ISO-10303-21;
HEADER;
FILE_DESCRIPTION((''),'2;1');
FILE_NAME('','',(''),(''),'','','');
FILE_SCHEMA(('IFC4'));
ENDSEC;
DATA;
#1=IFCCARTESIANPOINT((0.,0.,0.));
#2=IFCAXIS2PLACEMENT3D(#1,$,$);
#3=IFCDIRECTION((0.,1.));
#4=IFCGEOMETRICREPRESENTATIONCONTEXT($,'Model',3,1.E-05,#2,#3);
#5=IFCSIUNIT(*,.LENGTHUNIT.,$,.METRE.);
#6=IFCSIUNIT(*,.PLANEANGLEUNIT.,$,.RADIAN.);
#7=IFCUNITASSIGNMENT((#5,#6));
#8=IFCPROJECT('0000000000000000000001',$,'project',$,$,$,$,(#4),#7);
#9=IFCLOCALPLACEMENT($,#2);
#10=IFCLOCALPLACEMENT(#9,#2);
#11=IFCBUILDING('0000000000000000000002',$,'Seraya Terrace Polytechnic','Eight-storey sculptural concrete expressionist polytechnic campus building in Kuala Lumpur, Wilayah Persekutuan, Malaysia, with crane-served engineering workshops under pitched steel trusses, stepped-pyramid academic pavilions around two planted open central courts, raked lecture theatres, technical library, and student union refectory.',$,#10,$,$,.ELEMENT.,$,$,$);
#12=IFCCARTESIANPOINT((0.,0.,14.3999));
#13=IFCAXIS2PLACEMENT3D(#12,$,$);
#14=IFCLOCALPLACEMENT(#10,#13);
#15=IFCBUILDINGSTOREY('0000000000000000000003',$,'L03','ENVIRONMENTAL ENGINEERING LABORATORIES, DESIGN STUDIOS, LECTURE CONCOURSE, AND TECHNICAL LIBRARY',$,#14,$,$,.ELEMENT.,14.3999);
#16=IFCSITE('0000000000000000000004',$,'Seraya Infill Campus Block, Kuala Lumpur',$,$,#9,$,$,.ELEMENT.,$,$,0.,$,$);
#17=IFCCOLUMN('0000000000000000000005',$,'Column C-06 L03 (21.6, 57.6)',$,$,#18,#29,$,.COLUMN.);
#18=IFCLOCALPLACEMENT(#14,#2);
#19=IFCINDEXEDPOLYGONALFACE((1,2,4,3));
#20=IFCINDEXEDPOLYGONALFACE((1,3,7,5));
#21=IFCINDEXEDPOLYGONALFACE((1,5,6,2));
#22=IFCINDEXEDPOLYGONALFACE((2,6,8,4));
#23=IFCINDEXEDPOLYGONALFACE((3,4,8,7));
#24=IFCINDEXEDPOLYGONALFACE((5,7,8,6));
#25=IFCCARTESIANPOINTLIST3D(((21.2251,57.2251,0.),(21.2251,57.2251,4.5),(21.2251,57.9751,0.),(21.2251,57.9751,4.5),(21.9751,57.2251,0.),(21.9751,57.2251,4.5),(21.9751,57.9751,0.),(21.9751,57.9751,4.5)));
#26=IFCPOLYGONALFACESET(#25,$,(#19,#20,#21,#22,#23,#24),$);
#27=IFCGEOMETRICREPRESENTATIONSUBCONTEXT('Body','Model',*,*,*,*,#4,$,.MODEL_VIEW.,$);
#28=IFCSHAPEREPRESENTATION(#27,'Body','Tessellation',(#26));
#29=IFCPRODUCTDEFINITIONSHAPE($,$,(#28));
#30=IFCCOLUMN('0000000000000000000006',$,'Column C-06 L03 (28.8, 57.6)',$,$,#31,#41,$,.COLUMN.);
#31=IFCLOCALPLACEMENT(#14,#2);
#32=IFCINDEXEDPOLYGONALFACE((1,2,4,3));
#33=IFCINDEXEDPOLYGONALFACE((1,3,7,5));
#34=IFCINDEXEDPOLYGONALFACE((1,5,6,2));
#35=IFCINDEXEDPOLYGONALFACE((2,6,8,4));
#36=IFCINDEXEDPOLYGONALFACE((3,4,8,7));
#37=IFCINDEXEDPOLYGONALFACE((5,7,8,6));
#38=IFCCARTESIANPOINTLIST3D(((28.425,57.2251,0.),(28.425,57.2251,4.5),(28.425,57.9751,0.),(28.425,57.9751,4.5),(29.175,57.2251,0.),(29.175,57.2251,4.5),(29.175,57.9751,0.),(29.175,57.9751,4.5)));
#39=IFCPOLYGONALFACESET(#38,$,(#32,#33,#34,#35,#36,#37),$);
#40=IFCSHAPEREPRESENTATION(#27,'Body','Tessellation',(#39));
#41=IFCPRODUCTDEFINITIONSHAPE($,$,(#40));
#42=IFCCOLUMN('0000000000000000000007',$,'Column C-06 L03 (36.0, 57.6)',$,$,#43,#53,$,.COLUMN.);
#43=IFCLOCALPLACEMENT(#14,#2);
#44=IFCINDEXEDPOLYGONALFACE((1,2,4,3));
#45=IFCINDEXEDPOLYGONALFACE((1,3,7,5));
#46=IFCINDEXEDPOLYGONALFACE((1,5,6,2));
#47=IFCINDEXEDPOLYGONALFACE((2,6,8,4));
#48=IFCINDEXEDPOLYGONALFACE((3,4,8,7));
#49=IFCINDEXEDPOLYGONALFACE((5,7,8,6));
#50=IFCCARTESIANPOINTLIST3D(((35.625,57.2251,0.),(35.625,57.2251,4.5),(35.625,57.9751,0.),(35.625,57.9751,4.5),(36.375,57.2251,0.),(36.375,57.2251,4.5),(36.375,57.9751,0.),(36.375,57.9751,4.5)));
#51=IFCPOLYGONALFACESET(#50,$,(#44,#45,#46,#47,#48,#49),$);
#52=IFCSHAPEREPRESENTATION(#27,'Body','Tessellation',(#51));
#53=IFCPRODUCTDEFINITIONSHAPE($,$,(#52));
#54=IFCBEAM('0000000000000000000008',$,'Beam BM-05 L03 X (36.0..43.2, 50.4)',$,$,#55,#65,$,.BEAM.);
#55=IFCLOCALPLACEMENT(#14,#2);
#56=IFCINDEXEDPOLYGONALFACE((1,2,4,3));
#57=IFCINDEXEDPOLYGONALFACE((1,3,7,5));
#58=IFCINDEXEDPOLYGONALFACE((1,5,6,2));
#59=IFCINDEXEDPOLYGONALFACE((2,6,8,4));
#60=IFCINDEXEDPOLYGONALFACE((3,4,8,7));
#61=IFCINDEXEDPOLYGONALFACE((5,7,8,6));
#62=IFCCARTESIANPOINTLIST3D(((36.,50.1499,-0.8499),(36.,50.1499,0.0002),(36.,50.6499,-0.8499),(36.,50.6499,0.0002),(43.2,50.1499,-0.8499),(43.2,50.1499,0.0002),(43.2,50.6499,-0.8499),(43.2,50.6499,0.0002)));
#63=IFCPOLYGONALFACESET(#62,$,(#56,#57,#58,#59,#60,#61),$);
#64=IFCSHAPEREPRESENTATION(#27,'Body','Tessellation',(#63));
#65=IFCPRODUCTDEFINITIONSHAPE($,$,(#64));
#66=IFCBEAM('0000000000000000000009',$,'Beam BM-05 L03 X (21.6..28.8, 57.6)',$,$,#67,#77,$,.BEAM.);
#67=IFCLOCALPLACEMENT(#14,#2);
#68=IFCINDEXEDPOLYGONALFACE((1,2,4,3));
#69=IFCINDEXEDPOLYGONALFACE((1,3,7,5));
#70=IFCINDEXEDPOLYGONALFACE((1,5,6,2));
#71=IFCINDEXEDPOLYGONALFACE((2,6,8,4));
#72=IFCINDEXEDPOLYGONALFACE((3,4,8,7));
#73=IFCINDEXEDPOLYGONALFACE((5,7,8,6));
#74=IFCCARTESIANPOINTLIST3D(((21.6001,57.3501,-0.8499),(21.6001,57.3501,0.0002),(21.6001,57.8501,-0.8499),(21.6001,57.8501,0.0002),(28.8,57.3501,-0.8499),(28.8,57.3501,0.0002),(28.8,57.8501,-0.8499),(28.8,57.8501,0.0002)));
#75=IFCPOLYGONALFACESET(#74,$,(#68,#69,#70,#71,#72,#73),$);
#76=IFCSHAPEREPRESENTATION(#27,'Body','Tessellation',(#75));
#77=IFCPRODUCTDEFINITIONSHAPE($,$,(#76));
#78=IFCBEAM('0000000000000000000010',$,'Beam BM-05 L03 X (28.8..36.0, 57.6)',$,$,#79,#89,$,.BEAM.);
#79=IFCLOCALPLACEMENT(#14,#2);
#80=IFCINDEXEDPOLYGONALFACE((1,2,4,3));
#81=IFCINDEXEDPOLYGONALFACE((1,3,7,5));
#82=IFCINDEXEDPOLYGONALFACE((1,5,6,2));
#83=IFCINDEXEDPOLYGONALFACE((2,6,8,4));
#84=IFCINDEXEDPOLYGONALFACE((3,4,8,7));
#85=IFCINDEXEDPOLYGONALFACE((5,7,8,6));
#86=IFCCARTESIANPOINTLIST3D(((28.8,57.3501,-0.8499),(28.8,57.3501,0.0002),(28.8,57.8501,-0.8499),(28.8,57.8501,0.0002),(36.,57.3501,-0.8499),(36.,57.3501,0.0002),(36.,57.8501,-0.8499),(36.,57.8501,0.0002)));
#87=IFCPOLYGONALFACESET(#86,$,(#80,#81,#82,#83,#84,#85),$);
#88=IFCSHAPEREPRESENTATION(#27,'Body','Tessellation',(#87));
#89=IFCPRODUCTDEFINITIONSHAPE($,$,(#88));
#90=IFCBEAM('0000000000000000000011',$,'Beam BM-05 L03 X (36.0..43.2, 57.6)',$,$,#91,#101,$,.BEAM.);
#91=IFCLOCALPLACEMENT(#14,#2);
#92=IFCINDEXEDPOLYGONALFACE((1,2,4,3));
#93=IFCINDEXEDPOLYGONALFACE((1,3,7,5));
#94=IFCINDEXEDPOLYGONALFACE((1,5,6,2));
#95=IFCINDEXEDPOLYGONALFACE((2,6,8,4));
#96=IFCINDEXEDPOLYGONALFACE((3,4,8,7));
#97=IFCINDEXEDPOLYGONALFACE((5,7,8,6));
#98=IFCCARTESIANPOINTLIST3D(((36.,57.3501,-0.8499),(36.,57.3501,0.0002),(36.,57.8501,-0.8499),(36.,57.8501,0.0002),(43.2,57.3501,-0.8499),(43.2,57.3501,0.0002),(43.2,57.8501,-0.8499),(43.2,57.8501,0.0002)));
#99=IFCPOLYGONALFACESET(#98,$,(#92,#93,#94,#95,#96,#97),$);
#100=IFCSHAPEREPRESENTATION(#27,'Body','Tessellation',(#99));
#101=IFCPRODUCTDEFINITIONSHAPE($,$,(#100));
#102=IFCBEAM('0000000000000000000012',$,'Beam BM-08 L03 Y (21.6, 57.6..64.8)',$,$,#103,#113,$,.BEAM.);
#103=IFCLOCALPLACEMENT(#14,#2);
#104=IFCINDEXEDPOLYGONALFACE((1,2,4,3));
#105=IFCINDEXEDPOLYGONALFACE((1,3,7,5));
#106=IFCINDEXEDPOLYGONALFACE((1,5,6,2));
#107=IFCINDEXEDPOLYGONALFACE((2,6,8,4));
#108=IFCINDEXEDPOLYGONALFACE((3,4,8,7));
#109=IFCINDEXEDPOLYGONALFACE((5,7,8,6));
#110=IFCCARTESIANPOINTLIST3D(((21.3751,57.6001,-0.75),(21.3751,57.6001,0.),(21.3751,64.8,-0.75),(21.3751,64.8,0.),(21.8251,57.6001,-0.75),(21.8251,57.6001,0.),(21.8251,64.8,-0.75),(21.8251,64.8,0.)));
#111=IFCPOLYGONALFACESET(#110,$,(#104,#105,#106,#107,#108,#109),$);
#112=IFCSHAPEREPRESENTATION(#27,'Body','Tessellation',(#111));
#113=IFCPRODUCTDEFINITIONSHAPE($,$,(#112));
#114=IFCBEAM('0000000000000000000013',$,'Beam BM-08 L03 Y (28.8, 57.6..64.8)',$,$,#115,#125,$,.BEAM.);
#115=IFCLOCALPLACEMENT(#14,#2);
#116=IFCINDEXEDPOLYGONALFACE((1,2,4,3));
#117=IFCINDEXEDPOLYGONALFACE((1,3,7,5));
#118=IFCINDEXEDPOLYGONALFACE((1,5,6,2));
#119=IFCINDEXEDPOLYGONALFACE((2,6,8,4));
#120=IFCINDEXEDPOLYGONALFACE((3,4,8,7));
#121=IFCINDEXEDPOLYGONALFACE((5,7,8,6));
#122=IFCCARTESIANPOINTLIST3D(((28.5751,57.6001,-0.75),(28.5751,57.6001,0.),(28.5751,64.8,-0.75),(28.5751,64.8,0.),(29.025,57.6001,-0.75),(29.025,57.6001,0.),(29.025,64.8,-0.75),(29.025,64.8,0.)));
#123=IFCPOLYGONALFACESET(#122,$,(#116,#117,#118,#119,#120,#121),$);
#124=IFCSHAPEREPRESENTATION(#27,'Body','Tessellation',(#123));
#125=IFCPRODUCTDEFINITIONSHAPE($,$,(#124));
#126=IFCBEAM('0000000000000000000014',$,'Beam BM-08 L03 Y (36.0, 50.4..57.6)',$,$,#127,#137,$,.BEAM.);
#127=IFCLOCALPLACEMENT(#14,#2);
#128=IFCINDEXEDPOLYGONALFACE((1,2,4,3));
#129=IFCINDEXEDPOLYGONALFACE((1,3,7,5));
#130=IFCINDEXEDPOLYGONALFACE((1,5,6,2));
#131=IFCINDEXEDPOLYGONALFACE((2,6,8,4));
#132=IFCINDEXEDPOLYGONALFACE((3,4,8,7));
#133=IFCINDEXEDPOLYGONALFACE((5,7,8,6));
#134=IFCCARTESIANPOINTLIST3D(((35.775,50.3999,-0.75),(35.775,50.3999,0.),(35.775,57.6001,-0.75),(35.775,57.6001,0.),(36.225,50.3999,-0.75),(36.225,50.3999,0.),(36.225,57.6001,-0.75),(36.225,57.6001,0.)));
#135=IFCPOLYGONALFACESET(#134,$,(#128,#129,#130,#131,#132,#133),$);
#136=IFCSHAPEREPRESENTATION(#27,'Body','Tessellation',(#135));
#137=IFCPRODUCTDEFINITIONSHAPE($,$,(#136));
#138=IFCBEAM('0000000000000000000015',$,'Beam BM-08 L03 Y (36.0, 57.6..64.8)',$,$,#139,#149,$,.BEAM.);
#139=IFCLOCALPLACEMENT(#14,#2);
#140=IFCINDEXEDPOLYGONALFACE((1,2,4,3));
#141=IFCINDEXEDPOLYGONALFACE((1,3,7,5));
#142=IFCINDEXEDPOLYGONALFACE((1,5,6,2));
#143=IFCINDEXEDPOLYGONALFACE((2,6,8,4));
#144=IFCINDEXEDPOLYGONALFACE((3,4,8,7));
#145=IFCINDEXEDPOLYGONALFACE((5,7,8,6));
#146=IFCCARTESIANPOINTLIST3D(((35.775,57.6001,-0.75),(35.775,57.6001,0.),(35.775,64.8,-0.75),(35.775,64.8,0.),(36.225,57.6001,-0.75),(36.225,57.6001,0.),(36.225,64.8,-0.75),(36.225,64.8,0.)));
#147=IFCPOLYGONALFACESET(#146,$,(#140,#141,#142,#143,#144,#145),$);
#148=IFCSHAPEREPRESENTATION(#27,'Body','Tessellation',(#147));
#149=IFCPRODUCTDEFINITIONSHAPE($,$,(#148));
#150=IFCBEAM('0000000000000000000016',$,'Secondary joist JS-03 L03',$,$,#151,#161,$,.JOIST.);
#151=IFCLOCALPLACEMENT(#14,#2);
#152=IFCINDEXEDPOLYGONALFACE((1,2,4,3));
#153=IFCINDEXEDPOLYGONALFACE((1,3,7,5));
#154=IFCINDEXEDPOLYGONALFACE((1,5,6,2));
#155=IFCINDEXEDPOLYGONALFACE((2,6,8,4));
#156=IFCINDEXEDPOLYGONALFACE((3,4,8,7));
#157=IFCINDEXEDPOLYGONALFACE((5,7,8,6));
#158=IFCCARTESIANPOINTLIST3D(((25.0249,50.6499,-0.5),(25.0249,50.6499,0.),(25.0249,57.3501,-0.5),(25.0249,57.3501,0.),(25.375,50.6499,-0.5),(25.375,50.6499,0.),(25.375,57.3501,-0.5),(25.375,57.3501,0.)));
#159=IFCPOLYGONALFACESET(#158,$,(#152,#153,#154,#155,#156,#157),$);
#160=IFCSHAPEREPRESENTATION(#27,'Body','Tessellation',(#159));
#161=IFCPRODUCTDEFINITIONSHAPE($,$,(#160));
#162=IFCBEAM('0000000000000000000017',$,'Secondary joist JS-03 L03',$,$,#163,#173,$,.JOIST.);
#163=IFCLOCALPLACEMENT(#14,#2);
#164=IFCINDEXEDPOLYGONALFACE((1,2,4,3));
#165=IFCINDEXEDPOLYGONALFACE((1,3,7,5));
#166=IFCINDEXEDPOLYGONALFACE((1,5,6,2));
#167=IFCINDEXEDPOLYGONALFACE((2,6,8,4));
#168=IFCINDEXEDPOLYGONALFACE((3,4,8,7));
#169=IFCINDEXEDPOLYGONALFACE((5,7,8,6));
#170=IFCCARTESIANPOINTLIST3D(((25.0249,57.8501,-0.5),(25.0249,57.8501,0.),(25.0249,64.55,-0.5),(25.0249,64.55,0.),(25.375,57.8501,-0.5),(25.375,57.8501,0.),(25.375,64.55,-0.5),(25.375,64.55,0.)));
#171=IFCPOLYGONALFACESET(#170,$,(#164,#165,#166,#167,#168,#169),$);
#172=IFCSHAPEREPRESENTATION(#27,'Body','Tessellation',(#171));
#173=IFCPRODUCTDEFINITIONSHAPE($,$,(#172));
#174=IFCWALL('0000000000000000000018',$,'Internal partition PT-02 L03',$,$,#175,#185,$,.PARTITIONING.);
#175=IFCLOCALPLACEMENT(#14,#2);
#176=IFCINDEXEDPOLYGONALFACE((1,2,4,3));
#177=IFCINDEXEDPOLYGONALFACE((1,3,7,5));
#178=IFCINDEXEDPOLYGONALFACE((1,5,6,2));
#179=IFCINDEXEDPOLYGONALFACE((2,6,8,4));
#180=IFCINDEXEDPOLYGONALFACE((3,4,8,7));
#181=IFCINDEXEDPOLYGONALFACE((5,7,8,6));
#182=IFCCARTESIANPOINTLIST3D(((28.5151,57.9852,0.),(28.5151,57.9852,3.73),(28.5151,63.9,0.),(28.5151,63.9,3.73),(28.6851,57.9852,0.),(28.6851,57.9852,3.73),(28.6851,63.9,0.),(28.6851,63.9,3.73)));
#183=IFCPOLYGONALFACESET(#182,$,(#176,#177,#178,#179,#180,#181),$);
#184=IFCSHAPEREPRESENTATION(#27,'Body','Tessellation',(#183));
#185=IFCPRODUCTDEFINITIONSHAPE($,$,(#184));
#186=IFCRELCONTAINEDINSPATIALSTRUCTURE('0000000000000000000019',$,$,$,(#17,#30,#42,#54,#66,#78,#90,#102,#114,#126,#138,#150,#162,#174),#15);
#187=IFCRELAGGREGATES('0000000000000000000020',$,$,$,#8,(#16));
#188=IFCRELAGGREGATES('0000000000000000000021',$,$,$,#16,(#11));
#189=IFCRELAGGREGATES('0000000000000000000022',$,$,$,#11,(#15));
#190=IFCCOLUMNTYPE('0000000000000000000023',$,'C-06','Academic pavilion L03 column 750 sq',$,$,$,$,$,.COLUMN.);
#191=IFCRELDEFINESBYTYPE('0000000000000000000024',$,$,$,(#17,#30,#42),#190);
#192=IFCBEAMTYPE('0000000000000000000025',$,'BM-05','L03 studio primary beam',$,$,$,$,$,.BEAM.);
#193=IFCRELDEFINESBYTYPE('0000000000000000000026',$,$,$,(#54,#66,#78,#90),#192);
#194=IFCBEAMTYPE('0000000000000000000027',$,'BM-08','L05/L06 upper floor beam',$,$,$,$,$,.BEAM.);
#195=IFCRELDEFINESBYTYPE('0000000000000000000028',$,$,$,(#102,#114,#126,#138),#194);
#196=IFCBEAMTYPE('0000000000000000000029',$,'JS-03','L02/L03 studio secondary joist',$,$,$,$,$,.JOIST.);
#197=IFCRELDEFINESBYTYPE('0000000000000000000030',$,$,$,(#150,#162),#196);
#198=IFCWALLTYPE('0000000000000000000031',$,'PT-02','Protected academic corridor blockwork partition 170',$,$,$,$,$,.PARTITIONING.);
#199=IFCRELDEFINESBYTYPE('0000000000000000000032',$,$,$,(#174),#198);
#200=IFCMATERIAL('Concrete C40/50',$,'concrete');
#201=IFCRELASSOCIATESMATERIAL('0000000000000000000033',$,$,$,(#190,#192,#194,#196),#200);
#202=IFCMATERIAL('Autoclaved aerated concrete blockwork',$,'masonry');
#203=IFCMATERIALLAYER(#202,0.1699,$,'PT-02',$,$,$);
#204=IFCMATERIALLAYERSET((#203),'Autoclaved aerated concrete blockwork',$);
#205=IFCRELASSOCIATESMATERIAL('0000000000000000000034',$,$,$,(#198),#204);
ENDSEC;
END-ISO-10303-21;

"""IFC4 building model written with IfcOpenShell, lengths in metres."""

from ifc_helpers import new_model, si_unit, direction, frame, frame_2d, origin, origin_2d, place, context, subcontext, project, spatial, rectangle, extrude, material, layer, layer_set, material_profile, profile_set, type_object, element, save


model = new_model("IFC4")

# Units and contexts
model_context = context("Model", 3, precision=1e-05, world=origin(), true_north=direction((0.0, 1.0)))
body_context = subcontext(model_context, "Body", "Model", "MODEL_VIEW")
ifc_project = project(units=[si_unit("LENGTHUNIT", "METRE"), si_unit("PLANEANGLEUNIT", "RADIAN")], contexts=[model_context])

# Site, building, storey
site_placement = place(None, origin())
site = spatial("IfcSite", under=ifc_project, at=site_placement, Name="Seraya Infill Campus Block, Kuala Lumpur", CompositionType="ELEMENT", RefElevation=0.0)
building_placement = place(site_placement, origin())
building = spatial("IfcBuilding", under=site, at=building_placement, Name="Seraya Terrace Polytechnic", Description="Eight-storey sculptural concrete expressionist polytechnic campus building in Kuala Lumpur, Wilayah Persekutuan, Malaysia, with crane-served engineering workshops under pitched steel trusses, stepped-pyramid academic pavilions around two planted open central courts, raked lecture theatres, technical library, and student union refectory.", CompositionType="ELEMENT")
storey_placement = place(building_placement, frame((0.0, 0.0, 14.3999)))
storey = spatial("IfcBuildingStorey", under=building, at=storey_placement, Name="L03", Description="ENVIRONMENTAL ENGINEERING LABORATORIES, DESIGN STUDIOS, LECTURE CONCOURSE, AND TECHNICAL LIBRARY", CompositionType="ELEMENT", Elevation=14.3999)

# Columns
ifc_material_1 = material(Name="Concrete C40/50", Category="concrete")
ifc_material_profile_1 = material_profile(ifc_material_1, rectangle(XDim=0.75, YDim=0.75, at=origin_2d()), Name="RC 750x750")
ifc_profile_set_1 = profile_set([ifc_material_profile_1], Name="Concrete C40/50")
column_type = type_object("IfcColumnType", Name="C-06", Description="Academic pavilion L03 column 750 sq", PredefinedType="COLUMN", material=ifc_profile_set_1)
for number, where, z_axis, x_axis, name in (
    (1, (21.6001, 57.6001, 0.0), (0.0, 0.0, 1.0), (1.0, 0.0, 0.0), "Column C-06 L03 (21.6, 57.6)"),
    (2, (28.8, 57.6001, 0.0), (0.0, 0.0, 1.0), (1.0, 0.0, 0.0), "Column C-06 L03 (28.8, 57.6)"),
    (3, (36.0, 57.6001, 0.0), (0.0, 0.0, 1.0), (1.0, 0.0, 0.0), "Column C-06 L03 (36.0, 57.6)"),
):
    element("IfcColumn", number, at=place(storey_placement, frame(where, z_axis=z_axis, x_axis=x_axis)), inside=storey, type_object=column_type, Name=name, PredefinedType="COLUMN", context=body_context, shape_type="SweptSolid", body=[
        extrude(rectangle(XDim=0.75, YDim=0.75, at=origin_2d()), origin(), (0.0, 0.0, 1.0), 4.5),
    ])

# Beams
ifc_material_profile_2 = material_profile(ifc_material_1, rectangle(XDim=0.5, YDim=0.8501, at=origin_2d()), Name="RC 500x850")
ifc_profile_set_2 = profile_set([ifc_material_profile_2], Name="Concrete C40/50")
beam_type_1 = type_object("IfcBeamType", Name="BM-05", Description="L03 studio primary beam", PredefinedType="BEAM", material=ifc_profile_set_2)
for number, where, z_axis, x_axis, name in (
    (4, (36.0, 50.3999, -0.4248), (1.0, 0.0, 0.0), (0.0, 1.0, 0.0), "Beam BM-05 L03 X (36.0..43.2, 50.4)"),
    (5, (21.6001, 57.6001, -0.4248), (1.0, 0.0, 0.0), (0.0, 1.0, 0.0), "Beam BM-05 L03 X (21.6..28.8, 57.6)"),
    (6, (28.8, 57.6001, -0.4248), (1.0, 0.0, 0.0), (0.0, 1.0, 0.0), "Beam BM-05 L03 X (28.8..36.0, 57.6)"),
    (7, (36.0, 57.6001, -0.4248), (1.0, 0.0, 0.0), (0.0, 1.0, 0.0), "Beam BM-05 L03 X (36.0..43.2, 57.6)"),
):
    element("IfcBeam", number, at=place(storey_placement, frame(where, z_axis=z_axis, x_axis=x_axis)), inside=storey, type_object=beam_type_1, Name=name, PredefinedType="BEAM", context=body_context, shape_type="SweptSolid", body=[
        extrude(rectangle(XDim=0.5, YDim=0.8501, at=origin_2d()), origin(), (0.0, 0.0, 1.0), 7.2),
    ])
ifc_material_profile_3 = material_profile(ifc_material_1, rectangle(XDim=0.45, YDim=0.75, at=origin_2d()), Name="RC 450x750")
ifc_profile_set_3 = profile_set([ifc_material_profile_3], Name="Concrete C40/50")
beam_type_2 = type_object("IfcBeamType", Name="BM-08", Description="L05/L06 upper floor beam", PredefinedType="BEAM", material=ifc_profile_set_3)
for number, where, z_axis, x_axis, name in (
    (8, (21.6001, 57.6001, -0.375), (0.0, 1.0, 0.0), (-1.0, 0.0, 0.0), "Beam BM-08 L03 Y (21.6, 57.6..64.8)"),
    (9, (28.8, 57.6001, -0.375), (0.0, 1.0, 0.0), (-1.0, 0.0, 0.0), "Beam BM-08 L03 Y (28.8, 57.6..64.8)"),
):
    element("IfcBeam", number, at=place(storey_placement, frame(where, z_axis=z_axis, x_axis=x_axis)), inside=storey, type_object=beam_type_2, Name=name, PredefinedType="BEAM", context=body_context, shape_type="SweptSolid", body=[
        extrude(rectangle(XDim=0.45, YDim=0.75, at=origin_2d()), origin(), (0.0, 0.0, 1.0), 7.2),
    ])
beam_1_placement = place(storey_placement, frame((36.0, 50.3999, -0.375), z_axis=(0.0, 1.0, 0.0), x_axis=(-1.0, 0.0, 0.0)))
element("IfcBeam", 10, at=beam_1_placement, inside=storey, type_object=beam_type_2, Name="Beam BM-08 L03 Y (36.0, 50.4..57.6)", PredefinedType="BEAM", context=body_context, shape_type="SweptSolid", body=[
    extrude(rectangle(XDim=0.45, YDim=0.75, at=origin_2d()), origin(), (0.0, 0.0, 1.0), 7.2002),
])
beam_2_placement = place(storey_placement, frame((36.0, 57.6001, -0.375), z_axis=(0.0, 1.0, 0.0), x_axis=(-1.0, 0.0, 0.0)))
element("IfcBeam", 11, at=beam_2_placement, inside=storey, type_object=beam_type_2, Name="Beam BM-08 L03 Y (36.0, 57.6..64.8)", PredefinedType="BEAM", context=body_context, shape_type="SweptSolid", body=[
    extrude(rectangle(XDim=0.45, YDim=0.75, at=origin_2d()), origin(), (0.0, 0.0, 1.0), 7.2),
])
ifc_material_profile_4 = material_profile(ifc_material_1, rectangle(XDim=0.3501, YDim=0.5, at=origin_2d()), Name="RC 350x500")
ifc_profile_set_4 = profile_set([ifc_material_profile_4], Name="Concrete C40/50")
beam_type_3 = type_object("IfcBeamType", Name="JS-03", Description="L02/L03 studio secondary joist", PredefinedType="JOIST", material=ifc_profile_set_4)
beam_3_placement = place(storey_placement, frame((25.2, 50.6499, -0.25), z_axis=(0.0, 1.0, 0.0), x_axis=(-1.0, 0.0, 0.0)))
element("IfcBeam", 12, at=beam_3_placement, inside=storey, type_object=beam_type_3, Name="Secondary joist JS-03 L03", PredefinedType="JOIST", context=body_context, shape_type="SweptSolid", body=[
    extrude(rectangle(XDim=0.3501, YDim=0.5, at=origin_2d()), origin(), (0.0, 0.0, 1.0), 6.7002),
])
beam_4_placement = place(storey_placement, frame((25.2, 57.8501, -0.25), z_axis=(0.0, 1.0, 0.0), x_axis=(-1.0, 0.0, 0.0)))
element("IfcBeam", 13, at=beam_4_placement, inside=storey, type_object=beam_type_3, Name="Secondary joist JS-03 L03", PredefinedType="JOIST", context=body_context, shape_type="SweptSolid", body=[
    extrude(rectangle(XDim=0.3501, YDim=0.5, at=origin_2d()), origin(), (0.0, 0.0, 1.0), 6.7),
])

# Wall
ifc_material_2 = material(Name="Autoclaved aerated concrete blockwork", Category="masonry")
ifc_layer_1 = layer(ifc_material_2, 0.1699, Name="PT-02")
ifc_layer_set_1 = layer_set([ifc_layer_1], Name="Autoclaved aerated concrete blockwork")
wall_type_1 = type_object("IfcWallType", Name="PT-02", Description="Protected academic corridor blockwork partition 170", PredefinedType="PARTITIONING", material=ifc_layer_set_1)
wall_1_placement = place(storey_placement, frame((28.6001, 57.9851, 0.0), z_axis=(0.0, 0.0, 1.0), x_axis=(0.0, 1.0, 0.0)))
element("IfcWall", 14, at=wall_1_placement, inside=storey, type_object=wall_type_1, Name="Internal partition PT-02 L03", PredefinedType="PARTITIONING", context=body_context, shape_type="SweptSolid", body=[
    extrude(rectangle(XDim=5.9148, YDim=0.1699, at=frame_2d((2.9575, 0.0))), origin(), (0.0, 0.0, 1.0), 3.73),
])

save(model, "model.ifc")
